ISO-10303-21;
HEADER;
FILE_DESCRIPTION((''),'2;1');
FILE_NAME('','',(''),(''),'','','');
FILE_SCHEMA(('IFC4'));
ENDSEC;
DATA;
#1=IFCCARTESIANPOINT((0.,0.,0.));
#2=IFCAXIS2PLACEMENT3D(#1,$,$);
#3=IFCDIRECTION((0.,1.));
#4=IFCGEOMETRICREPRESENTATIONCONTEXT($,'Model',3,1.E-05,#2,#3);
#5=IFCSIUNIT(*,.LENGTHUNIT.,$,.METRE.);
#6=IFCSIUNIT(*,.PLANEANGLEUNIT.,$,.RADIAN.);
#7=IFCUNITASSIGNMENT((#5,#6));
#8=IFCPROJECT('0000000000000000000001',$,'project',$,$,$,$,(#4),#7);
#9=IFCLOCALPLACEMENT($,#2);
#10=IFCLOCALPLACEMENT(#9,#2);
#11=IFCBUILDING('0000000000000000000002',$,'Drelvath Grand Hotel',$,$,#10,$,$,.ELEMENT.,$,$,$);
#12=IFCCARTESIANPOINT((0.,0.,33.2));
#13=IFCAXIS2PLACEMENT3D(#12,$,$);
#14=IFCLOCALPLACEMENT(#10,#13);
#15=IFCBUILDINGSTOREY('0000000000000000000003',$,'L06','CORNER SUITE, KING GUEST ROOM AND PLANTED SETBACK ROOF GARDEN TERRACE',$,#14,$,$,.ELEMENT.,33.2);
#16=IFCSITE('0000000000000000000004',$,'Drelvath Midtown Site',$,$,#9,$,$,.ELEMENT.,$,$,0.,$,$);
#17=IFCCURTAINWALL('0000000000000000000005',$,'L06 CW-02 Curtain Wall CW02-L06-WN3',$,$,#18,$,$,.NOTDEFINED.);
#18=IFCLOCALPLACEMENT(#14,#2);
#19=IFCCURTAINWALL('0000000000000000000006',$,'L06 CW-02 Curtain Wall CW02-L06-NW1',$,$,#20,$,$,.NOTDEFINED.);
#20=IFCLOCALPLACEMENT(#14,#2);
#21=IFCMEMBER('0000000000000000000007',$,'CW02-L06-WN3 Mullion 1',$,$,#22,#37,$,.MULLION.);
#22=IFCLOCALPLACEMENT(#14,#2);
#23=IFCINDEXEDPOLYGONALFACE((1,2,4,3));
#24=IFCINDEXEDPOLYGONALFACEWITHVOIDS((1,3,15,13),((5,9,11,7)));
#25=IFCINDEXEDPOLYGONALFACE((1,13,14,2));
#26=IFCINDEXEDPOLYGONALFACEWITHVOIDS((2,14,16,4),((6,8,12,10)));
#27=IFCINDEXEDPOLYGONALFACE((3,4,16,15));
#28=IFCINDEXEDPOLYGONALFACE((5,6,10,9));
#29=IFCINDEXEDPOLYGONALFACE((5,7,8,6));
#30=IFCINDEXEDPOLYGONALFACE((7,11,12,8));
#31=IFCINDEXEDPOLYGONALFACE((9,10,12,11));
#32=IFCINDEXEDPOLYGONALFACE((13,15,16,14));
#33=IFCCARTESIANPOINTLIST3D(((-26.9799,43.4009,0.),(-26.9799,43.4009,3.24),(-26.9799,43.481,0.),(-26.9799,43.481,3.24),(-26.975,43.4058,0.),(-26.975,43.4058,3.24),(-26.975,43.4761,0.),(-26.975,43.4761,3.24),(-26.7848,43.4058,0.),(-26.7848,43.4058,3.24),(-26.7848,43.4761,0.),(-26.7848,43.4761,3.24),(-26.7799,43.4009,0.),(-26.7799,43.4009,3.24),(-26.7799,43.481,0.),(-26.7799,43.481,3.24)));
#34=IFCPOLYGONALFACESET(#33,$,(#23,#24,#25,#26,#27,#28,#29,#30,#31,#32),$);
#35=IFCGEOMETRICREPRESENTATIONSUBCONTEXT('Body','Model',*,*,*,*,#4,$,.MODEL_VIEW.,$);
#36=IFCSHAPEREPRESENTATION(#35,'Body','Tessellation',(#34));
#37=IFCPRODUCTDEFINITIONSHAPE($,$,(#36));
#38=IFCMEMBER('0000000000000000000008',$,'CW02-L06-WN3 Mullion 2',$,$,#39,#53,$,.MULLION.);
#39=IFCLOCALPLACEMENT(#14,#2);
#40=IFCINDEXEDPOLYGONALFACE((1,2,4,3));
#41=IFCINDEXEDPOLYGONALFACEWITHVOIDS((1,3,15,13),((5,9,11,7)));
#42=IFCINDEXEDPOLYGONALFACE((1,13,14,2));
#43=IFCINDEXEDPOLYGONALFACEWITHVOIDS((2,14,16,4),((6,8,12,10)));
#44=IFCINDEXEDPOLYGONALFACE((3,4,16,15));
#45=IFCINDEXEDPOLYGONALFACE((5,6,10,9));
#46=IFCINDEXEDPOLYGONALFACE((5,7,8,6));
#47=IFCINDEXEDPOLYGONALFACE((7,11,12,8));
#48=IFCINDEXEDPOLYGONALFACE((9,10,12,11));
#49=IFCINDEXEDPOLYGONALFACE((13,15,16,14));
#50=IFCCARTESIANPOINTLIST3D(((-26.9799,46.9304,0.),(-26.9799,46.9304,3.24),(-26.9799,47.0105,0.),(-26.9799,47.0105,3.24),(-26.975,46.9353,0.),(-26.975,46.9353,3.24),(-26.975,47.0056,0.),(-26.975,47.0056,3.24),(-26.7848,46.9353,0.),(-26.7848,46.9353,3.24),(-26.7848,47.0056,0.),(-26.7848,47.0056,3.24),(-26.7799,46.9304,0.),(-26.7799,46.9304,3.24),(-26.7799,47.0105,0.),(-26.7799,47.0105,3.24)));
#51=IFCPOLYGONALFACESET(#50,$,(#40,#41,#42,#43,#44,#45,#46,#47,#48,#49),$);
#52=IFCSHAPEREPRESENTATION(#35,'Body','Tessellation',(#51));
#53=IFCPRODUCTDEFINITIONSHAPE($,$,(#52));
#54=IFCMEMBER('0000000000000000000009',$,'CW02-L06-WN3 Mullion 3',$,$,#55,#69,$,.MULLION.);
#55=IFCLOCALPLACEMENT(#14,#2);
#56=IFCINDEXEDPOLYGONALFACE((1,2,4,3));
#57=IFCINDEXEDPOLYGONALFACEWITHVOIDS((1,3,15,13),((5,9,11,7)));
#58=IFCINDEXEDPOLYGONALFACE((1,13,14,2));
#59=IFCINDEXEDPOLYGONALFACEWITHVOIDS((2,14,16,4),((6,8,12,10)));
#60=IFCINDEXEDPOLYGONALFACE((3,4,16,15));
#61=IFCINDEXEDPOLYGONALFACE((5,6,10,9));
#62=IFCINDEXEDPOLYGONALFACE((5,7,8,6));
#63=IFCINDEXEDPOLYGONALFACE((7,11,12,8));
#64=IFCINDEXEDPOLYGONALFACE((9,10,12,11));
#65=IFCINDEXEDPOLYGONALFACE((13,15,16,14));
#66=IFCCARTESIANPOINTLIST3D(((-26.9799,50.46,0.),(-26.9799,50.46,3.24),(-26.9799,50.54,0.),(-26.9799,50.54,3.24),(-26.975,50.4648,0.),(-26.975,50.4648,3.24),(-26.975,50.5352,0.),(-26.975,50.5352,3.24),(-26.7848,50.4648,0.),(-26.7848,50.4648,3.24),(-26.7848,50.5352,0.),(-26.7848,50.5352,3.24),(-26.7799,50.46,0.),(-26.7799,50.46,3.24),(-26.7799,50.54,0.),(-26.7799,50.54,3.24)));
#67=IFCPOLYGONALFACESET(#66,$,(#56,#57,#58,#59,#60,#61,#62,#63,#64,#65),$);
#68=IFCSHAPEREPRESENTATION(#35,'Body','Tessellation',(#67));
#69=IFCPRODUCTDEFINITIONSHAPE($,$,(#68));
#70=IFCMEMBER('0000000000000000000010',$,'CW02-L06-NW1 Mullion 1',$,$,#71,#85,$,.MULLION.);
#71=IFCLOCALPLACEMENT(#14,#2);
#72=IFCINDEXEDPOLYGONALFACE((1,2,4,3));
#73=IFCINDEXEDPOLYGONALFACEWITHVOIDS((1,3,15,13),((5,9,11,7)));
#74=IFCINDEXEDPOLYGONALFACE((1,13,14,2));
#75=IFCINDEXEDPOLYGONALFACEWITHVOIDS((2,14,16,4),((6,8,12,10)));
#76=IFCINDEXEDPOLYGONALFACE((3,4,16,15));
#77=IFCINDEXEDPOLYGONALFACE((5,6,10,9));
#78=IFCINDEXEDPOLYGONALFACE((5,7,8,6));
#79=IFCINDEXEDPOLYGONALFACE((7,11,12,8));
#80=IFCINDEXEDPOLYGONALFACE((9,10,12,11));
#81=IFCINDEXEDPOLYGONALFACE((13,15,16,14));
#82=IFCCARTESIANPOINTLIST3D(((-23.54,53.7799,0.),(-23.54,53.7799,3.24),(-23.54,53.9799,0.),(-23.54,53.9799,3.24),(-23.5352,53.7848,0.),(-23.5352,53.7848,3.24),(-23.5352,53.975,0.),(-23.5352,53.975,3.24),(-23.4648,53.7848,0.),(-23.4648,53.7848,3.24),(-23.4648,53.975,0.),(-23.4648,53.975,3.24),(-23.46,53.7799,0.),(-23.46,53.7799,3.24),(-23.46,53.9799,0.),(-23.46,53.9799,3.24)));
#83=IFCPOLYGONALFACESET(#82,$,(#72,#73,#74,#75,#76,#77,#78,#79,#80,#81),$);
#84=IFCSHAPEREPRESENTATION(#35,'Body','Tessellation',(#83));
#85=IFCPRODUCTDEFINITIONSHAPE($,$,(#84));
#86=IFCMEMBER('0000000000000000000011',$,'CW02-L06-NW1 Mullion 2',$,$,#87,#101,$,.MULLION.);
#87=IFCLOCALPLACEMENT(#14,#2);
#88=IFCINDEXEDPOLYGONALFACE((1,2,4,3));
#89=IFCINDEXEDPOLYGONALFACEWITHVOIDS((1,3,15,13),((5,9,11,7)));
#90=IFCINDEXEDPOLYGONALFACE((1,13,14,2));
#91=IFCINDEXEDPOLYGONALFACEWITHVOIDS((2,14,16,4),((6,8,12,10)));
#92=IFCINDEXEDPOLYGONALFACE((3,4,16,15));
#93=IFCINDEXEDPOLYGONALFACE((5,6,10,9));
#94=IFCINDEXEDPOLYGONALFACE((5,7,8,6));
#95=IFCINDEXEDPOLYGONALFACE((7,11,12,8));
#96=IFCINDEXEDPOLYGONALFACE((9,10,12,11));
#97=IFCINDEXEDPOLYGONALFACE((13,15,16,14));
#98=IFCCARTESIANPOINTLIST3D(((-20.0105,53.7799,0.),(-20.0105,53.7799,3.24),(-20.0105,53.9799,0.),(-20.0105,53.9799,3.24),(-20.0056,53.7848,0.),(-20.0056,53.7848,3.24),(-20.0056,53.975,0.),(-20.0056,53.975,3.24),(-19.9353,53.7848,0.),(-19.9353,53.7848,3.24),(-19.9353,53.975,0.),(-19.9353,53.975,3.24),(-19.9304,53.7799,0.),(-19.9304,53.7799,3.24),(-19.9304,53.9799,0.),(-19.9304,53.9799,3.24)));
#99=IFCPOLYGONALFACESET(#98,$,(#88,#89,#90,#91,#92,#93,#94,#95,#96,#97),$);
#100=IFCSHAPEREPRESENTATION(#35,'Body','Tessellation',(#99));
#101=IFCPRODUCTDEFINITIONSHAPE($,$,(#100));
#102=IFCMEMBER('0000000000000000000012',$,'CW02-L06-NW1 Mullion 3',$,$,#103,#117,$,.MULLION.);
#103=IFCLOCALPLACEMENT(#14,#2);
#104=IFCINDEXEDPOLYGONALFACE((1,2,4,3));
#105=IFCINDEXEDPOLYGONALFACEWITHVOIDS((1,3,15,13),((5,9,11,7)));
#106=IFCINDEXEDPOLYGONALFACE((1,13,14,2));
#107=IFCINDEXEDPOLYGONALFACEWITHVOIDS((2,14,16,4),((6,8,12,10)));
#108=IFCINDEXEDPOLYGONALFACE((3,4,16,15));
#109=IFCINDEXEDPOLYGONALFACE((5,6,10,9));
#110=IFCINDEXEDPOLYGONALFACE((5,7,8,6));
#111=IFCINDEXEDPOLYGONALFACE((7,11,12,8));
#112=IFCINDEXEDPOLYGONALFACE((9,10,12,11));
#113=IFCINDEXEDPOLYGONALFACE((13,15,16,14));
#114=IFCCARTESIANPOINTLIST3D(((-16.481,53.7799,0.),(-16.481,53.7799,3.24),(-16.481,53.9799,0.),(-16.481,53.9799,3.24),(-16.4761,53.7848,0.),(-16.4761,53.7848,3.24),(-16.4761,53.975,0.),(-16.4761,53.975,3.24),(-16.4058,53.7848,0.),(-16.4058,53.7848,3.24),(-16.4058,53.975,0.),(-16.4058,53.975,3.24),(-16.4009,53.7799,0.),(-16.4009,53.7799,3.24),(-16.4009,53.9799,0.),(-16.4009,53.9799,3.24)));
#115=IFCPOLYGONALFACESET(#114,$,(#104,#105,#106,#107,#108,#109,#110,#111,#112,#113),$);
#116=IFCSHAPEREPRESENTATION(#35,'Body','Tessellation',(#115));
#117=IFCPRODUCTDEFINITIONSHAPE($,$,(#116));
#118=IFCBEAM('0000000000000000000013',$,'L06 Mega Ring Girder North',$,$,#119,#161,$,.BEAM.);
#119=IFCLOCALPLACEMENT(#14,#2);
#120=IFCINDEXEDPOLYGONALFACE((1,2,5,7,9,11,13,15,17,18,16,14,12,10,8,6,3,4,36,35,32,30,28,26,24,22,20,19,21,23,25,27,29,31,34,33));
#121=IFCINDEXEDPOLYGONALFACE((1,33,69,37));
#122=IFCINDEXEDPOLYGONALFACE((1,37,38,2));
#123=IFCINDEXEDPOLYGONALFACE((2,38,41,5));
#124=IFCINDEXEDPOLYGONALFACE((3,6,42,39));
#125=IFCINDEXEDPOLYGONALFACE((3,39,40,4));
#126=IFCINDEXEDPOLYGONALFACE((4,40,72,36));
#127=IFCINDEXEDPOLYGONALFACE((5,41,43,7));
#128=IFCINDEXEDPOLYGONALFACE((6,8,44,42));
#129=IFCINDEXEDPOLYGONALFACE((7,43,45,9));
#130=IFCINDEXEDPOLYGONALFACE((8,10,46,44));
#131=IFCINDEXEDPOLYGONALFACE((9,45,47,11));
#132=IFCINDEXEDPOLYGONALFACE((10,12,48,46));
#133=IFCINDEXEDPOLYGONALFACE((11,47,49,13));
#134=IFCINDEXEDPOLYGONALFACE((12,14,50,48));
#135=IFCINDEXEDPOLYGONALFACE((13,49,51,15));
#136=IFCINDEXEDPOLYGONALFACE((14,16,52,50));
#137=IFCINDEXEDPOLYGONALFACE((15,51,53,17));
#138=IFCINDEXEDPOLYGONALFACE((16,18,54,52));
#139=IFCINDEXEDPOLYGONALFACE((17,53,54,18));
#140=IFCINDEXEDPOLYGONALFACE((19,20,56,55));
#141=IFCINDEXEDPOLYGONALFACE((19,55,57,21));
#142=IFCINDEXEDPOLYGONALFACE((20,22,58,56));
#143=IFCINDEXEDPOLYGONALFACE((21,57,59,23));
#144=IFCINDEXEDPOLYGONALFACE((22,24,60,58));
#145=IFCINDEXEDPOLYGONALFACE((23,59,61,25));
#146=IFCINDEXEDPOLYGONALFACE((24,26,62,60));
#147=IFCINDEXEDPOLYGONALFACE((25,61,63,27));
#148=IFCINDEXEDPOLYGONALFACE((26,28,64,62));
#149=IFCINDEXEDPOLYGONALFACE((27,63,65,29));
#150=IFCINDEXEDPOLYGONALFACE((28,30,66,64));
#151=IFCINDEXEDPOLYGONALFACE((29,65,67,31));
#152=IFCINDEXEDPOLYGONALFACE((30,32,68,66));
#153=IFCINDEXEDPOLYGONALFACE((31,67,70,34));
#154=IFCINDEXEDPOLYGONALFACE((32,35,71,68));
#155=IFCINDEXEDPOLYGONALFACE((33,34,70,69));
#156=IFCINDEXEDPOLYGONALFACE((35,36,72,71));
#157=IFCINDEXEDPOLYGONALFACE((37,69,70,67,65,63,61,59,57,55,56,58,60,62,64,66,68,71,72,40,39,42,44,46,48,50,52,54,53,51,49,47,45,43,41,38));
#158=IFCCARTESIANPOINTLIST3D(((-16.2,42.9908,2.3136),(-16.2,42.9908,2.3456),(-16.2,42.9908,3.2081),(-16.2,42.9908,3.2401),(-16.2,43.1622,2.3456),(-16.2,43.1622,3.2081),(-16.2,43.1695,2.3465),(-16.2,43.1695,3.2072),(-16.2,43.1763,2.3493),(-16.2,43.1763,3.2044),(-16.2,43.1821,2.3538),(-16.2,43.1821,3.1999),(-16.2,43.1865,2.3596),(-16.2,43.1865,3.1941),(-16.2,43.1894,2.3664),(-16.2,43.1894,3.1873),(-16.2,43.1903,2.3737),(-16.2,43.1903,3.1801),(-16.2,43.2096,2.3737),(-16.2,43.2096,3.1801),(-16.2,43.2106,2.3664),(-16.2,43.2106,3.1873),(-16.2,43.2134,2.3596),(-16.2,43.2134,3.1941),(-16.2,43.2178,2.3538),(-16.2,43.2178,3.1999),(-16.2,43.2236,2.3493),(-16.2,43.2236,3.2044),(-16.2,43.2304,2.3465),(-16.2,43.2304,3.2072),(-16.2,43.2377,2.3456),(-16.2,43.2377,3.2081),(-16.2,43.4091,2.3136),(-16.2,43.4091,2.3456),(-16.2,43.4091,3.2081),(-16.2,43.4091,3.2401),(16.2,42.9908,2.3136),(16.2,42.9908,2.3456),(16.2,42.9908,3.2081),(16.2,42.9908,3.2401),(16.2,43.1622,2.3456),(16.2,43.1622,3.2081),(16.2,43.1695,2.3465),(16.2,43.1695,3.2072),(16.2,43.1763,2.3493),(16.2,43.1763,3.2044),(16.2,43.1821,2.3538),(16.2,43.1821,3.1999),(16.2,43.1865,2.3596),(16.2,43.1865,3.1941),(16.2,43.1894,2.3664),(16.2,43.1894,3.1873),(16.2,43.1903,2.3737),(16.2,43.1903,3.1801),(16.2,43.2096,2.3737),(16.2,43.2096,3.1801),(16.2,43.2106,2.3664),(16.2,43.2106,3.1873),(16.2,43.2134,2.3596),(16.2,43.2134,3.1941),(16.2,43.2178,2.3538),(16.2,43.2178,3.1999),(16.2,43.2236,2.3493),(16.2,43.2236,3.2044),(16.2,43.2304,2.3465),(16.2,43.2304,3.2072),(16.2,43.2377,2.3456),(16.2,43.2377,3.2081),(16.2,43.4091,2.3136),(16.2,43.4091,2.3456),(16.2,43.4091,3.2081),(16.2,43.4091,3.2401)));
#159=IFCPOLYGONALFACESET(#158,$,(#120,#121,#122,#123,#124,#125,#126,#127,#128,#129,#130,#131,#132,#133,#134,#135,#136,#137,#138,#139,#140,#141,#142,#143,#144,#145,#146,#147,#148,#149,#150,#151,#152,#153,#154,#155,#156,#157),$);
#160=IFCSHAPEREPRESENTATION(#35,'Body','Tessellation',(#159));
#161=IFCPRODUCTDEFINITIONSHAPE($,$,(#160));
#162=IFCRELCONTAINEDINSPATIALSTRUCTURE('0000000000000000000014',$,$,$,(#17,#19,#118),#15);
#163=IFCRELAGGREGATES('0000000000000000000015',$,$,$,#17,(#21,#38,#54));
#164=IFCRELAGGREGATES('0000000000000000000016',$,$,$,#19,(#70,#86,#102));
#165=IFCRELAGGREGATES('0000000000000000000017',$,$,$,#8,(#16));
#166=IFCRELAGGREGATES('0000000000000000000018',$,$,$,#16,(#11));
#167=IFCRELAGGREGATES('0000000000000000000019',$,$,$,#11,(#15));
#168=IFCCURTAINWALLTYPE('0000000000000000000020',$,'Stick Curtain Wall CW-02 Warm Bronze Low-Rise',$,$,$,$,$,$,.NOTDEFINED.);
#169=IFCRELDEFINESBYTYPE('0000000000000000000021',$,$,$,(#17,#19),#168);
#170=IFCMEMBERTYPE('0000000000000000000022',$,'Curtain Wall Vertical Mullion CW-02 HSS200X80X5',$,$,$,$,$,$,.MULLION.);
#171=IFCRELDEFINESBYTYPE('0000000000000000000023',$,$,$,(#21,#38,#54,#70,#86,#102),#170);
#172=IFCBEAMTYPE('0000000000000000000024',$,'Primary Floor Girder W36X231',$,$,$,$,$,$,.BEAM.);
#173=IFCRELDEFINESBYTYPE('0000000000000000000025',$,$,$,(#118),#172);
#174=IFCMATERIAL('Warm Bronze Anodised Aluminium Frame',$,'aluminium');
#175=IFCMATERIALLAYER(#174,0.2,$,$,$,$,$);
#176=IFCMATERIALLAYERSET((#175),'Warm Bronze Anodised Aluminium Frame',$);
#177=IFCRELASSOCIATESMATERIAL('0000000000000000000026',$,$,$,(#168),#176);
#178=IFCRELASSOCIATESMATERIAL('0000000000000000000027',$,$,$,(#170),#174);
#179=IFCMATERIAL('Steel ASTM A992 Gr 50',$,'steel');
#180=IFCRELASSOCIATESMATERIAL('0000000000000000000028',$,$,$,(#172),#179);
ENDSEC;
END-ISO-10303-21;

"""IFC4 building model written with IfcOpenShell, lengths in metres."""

from ifc_helpers import new_model, si_unit, direction, frame, origin, origin_2d, place, context, subcontext, project, spatial, hollow_rectangle, i_section, extrude, material, layer, layer_set, material_profile, profile_set, type_object, element, aggregate, save


model = new_model("IFC4")

# Units and contexts
model_context = context("Model", 3, precision=1e-05, world=origin(), true_north=direction((0.0, 1.0)))
body_context = subcontext(model_context, "Body", "Model", "MODEL_VIEW")
ifc_project = project(units=[si_unit("LENGTHUNIT", "METRE"), si_unit("PLANEANGLEUNIT", "RADIAN")], contexts=[model_context])

# Site, building, storey
site_placement = place(None, origin())
site = spatial("IfcSite", under=ifc_project, at=site_placement, Name="Drelvath Midtown Site", CompositionType="ELEMENT", RefElevation=0.0)
building_placement = place(site_placement, origin())
building = spatial("IfcBuilding", under=site, at=building_placement, Name="Drelvath Grand Hotel", CompositionType="ELEMENT")
storey_placement = place(building_placement, frame((0.0, 0.0, 33.2)))
storey = spatial("IfcBuildingStorey", under=building, at=storey_placement, Name="L06", Description="CORNER SUITE, KING GUEST ROOM AND PLANTED SETBACK ROOF GARDEN TERRACE", CompositionType="ELEMENT", Elevation=33.2)

# Shared definitions
ifc_material_1 = material(Name="Steel ASTM A992 Gr 50", Category="steel")

# Curtain walls
ifc_material_2 = material(Name="Warm Bronze Anodised Aluminium Frame", Category="aluminium")
ifc_layer_1 = layer(ifc_material_2, 0.2)
ifc_layer_set_1 = layer_set([ifc_layer_1], Name="Warm Bronze Anodised Aluminium Frame")
curtain_wall_type = type_object("IfcCurtainWallType", Name="Stick Curtain Wall CW-02 Warm Bronze Low-Rise", PredefinedType="NOTDEFINED", material=ifc_layer_set_1)
curtain_wall_1_placement = place(storey_placement, origin())
curtain_wall_1 = element("IfcCurtainWall", 1, at=curtain_wall_1_placement, inside=storey, type_object=curtain_wall_type, Name="L06 CW-02 Curtain Wall CW02-L06-WN3", PredefinedType="NOTDEFINED")
curtain_wall_2_placement = place(storey_placement, origin())
curtain_wall_2 = element("IfcCurtainWall", 2, at=curtain_wall_2_placement, inside=storey, type_object=curtain_wall_type, Name="L06 CW-02 Curtain Wall CW02-L06-NW1", PredefinedType="NOTDEFINED")

# Shared definitions
ifc_material_profile_1 = material_profile(ifc_material_2, hollow_rectangle(XDim=0.0801, YDim=0.2, WallThickness=0.0049, at=origin_2d()), Name="HSS200X80X5")
ifc_profile_set_1 = profile_set([ifc_material_profile_1], Name="Warm Bronze Anodised Aluminium Frame")
member_type_1 = type_object("IfcMemberType", Name="Curtain Wall Vertical Mullion CW-02 HSS200X80X5", PredefinedType="MULLION", material=ifc_profile_set_1)

# Members
member_1_placement = place(storey_placement, frame((-26.8799, 43.4409, 0.0), z_axis=(0.0, 0.0, 1.0), x_axis=(0.0, 1.0, 0.0)))
member_1 = element("IfcMember", 3, at=member_1_placement, type_object=member_type_1, Name="CW02-L06-WN3 Mullion 1", PredefinedType="MULLION", context=body_context, shape_type="SweptSolid", body=[
    extrude(hollow_rectangle(XDim=0.0801, YDim=0.2, WallThickness=0.0049, at=origin_2d()), origin(), (0.0, 0.0, 1.0), 3.24),
])
member_2_placement = place(storey_placement, frame((-26.8799, 46.9705, 0.0), z_axis=(0.0, 0.0, 1.0), x_axis=(0.0, 1.0, 0.0)))
member_2 = element("IfcMember", 4, at=member_2_placement, type_object=member_type_1, Name="CW02-L06-WN3 Mullion 2", PredefinedType="MULLION", context=body_context, shape_type="SweptSolid", body=[
    extrude(hollow_rectangle(XDim=0.0801, YDim=0.2, WallThickness=0.0049, at=origin_2d()), origin(), (0.0, 0.0, 1.0), 3.24),
])
member_3_placement = place(storey_placement, frame((-26.8799, 50.5, 0.0), z_axis=(0.0, 0.0, 1.0), x_axis=(0.0, 1.0, 0.0)))
member_3 = element("IfcMember", 5, at=member_3_placement, type_object=member_type_1, Name="CW02-L06-WN3 Mullion 3", PredefinedType="MULLION", context=body_context, shape_type="SweptSolid", body=[
    extrude(hollow_rectangle(XDim=0.0801, YDim=0.2, WallThickness=0.0049, at=origin_2d()), origin(), (0.0, 0.0, 1.0), 3.24),
])
member_4_placement = place(storey_placement, frame((-23.5, 53.8799, 0.0), z_axis=(0.0, 0.0, 1.0), x_axis=(1.0, 0.0, 0.0)))
member_4 = element("IfcMember", 6, at=member_4_placement, type_object=member_type_1, Name="CW02-L06-NW1 Mullion 1", PredefinedType="MULLION", context=body_context, shape_type="SweptSolid", body=[
    extrude(hollow_rectangle(XDim=0.0801, YDim=0.2, WallThickness=0.0049, at=origin_2d()), origin(), (0.0, 0.0, 1.0), 3.24),
])
member_5_placement = place(storey_placement, frame((-19.9705, 53.8799, 0.0), z_axis=(0.0, 0.0, 1.0), x_axis=(1.0, 0.0, 0.0)))
member_5 = element("IfcMember", 7, at=member_5_placement, type_object=member_type_1, Name="CW02-L06-NW1 Mullion 2", PredefinedType="MULLION", context=body_context, shape_type="SweptSolid", body=[
    extrude(hollow_rectangle(XDim=0.0801, YDim=0.2, WallThickness=0.0049, at=origin_2d()), origin(), (0.0, 0.0, 1.0), 3.24),
])
member_6_placement = place(storey_placement, frame((-16.4409, 53.8799, 0.0), z_axis=(0.0, 0.0, 1.0), x_axis=(1.0, 0.0, 0.0)))
member_6 = element("IfcMember", 8, at=member_6_placement, type_object=member_type_1, Name="CW02-L06-NW1 Mullion 3", PredefinedType="MULLION", context=body_context, shape_type="SweptSolid", body=[
    extrude(hollow_rectangle(XDim=0.0801, YDim=0.2, WallThickness=0.0049, at=origin_2d()), origin(), (0.0, 0.0, 1.0), 3.24),
])

# Beam
ifc_material_profile_2 = material_profile(ifc_material_1, i_section(OverallWidth=0.4182, OverallDepth=0.9265, WebThickness=0.0193, FlangeThickness=0.032, FilletRadius=0.0281, at=origin_2d()), Name="W36X231")
ifc_profile_set_2 = profile_set([ifc_material_profile_2], Name="Steel ASTM A992 Gr 50")
beam_type_1 = type_object("IfcBeamType", Name="Primary Floor Girder W36X231", PredefinedType="BEAM", material=ifc_profile_set_2)
beam_1_placement = place(storey_placement, frame((-16.2, 43.2, 2.7769), z_axis=(1.0, 0.0, 0.0), x_axis=(0.0, 1.0, 0.0)))
element("IfcBeam", 9, at=beam_1_placement, inside=storey, type_object=beam_type_1, Name="L06 Mega Ring Girder North", PredefinedType="BEAM", context=body_context, shape_type="SweptSolid", body=[
    extrude(i_section(OverallWidth=0.4182, OverallDepth=0.9265, WebThickness=0.0193, FlangeThickness=0.032, FilletRadius=0.0281, at=origin_2d()), origin(), (0.0, 0.0, 1.0), 32.3999),
])

aggregate(curtain_wall_1, [member_1, member_2, member_3])
aggregate(curtain_wall_2, [member_4, member_5, member_6])

save(model, "model.ifc")
